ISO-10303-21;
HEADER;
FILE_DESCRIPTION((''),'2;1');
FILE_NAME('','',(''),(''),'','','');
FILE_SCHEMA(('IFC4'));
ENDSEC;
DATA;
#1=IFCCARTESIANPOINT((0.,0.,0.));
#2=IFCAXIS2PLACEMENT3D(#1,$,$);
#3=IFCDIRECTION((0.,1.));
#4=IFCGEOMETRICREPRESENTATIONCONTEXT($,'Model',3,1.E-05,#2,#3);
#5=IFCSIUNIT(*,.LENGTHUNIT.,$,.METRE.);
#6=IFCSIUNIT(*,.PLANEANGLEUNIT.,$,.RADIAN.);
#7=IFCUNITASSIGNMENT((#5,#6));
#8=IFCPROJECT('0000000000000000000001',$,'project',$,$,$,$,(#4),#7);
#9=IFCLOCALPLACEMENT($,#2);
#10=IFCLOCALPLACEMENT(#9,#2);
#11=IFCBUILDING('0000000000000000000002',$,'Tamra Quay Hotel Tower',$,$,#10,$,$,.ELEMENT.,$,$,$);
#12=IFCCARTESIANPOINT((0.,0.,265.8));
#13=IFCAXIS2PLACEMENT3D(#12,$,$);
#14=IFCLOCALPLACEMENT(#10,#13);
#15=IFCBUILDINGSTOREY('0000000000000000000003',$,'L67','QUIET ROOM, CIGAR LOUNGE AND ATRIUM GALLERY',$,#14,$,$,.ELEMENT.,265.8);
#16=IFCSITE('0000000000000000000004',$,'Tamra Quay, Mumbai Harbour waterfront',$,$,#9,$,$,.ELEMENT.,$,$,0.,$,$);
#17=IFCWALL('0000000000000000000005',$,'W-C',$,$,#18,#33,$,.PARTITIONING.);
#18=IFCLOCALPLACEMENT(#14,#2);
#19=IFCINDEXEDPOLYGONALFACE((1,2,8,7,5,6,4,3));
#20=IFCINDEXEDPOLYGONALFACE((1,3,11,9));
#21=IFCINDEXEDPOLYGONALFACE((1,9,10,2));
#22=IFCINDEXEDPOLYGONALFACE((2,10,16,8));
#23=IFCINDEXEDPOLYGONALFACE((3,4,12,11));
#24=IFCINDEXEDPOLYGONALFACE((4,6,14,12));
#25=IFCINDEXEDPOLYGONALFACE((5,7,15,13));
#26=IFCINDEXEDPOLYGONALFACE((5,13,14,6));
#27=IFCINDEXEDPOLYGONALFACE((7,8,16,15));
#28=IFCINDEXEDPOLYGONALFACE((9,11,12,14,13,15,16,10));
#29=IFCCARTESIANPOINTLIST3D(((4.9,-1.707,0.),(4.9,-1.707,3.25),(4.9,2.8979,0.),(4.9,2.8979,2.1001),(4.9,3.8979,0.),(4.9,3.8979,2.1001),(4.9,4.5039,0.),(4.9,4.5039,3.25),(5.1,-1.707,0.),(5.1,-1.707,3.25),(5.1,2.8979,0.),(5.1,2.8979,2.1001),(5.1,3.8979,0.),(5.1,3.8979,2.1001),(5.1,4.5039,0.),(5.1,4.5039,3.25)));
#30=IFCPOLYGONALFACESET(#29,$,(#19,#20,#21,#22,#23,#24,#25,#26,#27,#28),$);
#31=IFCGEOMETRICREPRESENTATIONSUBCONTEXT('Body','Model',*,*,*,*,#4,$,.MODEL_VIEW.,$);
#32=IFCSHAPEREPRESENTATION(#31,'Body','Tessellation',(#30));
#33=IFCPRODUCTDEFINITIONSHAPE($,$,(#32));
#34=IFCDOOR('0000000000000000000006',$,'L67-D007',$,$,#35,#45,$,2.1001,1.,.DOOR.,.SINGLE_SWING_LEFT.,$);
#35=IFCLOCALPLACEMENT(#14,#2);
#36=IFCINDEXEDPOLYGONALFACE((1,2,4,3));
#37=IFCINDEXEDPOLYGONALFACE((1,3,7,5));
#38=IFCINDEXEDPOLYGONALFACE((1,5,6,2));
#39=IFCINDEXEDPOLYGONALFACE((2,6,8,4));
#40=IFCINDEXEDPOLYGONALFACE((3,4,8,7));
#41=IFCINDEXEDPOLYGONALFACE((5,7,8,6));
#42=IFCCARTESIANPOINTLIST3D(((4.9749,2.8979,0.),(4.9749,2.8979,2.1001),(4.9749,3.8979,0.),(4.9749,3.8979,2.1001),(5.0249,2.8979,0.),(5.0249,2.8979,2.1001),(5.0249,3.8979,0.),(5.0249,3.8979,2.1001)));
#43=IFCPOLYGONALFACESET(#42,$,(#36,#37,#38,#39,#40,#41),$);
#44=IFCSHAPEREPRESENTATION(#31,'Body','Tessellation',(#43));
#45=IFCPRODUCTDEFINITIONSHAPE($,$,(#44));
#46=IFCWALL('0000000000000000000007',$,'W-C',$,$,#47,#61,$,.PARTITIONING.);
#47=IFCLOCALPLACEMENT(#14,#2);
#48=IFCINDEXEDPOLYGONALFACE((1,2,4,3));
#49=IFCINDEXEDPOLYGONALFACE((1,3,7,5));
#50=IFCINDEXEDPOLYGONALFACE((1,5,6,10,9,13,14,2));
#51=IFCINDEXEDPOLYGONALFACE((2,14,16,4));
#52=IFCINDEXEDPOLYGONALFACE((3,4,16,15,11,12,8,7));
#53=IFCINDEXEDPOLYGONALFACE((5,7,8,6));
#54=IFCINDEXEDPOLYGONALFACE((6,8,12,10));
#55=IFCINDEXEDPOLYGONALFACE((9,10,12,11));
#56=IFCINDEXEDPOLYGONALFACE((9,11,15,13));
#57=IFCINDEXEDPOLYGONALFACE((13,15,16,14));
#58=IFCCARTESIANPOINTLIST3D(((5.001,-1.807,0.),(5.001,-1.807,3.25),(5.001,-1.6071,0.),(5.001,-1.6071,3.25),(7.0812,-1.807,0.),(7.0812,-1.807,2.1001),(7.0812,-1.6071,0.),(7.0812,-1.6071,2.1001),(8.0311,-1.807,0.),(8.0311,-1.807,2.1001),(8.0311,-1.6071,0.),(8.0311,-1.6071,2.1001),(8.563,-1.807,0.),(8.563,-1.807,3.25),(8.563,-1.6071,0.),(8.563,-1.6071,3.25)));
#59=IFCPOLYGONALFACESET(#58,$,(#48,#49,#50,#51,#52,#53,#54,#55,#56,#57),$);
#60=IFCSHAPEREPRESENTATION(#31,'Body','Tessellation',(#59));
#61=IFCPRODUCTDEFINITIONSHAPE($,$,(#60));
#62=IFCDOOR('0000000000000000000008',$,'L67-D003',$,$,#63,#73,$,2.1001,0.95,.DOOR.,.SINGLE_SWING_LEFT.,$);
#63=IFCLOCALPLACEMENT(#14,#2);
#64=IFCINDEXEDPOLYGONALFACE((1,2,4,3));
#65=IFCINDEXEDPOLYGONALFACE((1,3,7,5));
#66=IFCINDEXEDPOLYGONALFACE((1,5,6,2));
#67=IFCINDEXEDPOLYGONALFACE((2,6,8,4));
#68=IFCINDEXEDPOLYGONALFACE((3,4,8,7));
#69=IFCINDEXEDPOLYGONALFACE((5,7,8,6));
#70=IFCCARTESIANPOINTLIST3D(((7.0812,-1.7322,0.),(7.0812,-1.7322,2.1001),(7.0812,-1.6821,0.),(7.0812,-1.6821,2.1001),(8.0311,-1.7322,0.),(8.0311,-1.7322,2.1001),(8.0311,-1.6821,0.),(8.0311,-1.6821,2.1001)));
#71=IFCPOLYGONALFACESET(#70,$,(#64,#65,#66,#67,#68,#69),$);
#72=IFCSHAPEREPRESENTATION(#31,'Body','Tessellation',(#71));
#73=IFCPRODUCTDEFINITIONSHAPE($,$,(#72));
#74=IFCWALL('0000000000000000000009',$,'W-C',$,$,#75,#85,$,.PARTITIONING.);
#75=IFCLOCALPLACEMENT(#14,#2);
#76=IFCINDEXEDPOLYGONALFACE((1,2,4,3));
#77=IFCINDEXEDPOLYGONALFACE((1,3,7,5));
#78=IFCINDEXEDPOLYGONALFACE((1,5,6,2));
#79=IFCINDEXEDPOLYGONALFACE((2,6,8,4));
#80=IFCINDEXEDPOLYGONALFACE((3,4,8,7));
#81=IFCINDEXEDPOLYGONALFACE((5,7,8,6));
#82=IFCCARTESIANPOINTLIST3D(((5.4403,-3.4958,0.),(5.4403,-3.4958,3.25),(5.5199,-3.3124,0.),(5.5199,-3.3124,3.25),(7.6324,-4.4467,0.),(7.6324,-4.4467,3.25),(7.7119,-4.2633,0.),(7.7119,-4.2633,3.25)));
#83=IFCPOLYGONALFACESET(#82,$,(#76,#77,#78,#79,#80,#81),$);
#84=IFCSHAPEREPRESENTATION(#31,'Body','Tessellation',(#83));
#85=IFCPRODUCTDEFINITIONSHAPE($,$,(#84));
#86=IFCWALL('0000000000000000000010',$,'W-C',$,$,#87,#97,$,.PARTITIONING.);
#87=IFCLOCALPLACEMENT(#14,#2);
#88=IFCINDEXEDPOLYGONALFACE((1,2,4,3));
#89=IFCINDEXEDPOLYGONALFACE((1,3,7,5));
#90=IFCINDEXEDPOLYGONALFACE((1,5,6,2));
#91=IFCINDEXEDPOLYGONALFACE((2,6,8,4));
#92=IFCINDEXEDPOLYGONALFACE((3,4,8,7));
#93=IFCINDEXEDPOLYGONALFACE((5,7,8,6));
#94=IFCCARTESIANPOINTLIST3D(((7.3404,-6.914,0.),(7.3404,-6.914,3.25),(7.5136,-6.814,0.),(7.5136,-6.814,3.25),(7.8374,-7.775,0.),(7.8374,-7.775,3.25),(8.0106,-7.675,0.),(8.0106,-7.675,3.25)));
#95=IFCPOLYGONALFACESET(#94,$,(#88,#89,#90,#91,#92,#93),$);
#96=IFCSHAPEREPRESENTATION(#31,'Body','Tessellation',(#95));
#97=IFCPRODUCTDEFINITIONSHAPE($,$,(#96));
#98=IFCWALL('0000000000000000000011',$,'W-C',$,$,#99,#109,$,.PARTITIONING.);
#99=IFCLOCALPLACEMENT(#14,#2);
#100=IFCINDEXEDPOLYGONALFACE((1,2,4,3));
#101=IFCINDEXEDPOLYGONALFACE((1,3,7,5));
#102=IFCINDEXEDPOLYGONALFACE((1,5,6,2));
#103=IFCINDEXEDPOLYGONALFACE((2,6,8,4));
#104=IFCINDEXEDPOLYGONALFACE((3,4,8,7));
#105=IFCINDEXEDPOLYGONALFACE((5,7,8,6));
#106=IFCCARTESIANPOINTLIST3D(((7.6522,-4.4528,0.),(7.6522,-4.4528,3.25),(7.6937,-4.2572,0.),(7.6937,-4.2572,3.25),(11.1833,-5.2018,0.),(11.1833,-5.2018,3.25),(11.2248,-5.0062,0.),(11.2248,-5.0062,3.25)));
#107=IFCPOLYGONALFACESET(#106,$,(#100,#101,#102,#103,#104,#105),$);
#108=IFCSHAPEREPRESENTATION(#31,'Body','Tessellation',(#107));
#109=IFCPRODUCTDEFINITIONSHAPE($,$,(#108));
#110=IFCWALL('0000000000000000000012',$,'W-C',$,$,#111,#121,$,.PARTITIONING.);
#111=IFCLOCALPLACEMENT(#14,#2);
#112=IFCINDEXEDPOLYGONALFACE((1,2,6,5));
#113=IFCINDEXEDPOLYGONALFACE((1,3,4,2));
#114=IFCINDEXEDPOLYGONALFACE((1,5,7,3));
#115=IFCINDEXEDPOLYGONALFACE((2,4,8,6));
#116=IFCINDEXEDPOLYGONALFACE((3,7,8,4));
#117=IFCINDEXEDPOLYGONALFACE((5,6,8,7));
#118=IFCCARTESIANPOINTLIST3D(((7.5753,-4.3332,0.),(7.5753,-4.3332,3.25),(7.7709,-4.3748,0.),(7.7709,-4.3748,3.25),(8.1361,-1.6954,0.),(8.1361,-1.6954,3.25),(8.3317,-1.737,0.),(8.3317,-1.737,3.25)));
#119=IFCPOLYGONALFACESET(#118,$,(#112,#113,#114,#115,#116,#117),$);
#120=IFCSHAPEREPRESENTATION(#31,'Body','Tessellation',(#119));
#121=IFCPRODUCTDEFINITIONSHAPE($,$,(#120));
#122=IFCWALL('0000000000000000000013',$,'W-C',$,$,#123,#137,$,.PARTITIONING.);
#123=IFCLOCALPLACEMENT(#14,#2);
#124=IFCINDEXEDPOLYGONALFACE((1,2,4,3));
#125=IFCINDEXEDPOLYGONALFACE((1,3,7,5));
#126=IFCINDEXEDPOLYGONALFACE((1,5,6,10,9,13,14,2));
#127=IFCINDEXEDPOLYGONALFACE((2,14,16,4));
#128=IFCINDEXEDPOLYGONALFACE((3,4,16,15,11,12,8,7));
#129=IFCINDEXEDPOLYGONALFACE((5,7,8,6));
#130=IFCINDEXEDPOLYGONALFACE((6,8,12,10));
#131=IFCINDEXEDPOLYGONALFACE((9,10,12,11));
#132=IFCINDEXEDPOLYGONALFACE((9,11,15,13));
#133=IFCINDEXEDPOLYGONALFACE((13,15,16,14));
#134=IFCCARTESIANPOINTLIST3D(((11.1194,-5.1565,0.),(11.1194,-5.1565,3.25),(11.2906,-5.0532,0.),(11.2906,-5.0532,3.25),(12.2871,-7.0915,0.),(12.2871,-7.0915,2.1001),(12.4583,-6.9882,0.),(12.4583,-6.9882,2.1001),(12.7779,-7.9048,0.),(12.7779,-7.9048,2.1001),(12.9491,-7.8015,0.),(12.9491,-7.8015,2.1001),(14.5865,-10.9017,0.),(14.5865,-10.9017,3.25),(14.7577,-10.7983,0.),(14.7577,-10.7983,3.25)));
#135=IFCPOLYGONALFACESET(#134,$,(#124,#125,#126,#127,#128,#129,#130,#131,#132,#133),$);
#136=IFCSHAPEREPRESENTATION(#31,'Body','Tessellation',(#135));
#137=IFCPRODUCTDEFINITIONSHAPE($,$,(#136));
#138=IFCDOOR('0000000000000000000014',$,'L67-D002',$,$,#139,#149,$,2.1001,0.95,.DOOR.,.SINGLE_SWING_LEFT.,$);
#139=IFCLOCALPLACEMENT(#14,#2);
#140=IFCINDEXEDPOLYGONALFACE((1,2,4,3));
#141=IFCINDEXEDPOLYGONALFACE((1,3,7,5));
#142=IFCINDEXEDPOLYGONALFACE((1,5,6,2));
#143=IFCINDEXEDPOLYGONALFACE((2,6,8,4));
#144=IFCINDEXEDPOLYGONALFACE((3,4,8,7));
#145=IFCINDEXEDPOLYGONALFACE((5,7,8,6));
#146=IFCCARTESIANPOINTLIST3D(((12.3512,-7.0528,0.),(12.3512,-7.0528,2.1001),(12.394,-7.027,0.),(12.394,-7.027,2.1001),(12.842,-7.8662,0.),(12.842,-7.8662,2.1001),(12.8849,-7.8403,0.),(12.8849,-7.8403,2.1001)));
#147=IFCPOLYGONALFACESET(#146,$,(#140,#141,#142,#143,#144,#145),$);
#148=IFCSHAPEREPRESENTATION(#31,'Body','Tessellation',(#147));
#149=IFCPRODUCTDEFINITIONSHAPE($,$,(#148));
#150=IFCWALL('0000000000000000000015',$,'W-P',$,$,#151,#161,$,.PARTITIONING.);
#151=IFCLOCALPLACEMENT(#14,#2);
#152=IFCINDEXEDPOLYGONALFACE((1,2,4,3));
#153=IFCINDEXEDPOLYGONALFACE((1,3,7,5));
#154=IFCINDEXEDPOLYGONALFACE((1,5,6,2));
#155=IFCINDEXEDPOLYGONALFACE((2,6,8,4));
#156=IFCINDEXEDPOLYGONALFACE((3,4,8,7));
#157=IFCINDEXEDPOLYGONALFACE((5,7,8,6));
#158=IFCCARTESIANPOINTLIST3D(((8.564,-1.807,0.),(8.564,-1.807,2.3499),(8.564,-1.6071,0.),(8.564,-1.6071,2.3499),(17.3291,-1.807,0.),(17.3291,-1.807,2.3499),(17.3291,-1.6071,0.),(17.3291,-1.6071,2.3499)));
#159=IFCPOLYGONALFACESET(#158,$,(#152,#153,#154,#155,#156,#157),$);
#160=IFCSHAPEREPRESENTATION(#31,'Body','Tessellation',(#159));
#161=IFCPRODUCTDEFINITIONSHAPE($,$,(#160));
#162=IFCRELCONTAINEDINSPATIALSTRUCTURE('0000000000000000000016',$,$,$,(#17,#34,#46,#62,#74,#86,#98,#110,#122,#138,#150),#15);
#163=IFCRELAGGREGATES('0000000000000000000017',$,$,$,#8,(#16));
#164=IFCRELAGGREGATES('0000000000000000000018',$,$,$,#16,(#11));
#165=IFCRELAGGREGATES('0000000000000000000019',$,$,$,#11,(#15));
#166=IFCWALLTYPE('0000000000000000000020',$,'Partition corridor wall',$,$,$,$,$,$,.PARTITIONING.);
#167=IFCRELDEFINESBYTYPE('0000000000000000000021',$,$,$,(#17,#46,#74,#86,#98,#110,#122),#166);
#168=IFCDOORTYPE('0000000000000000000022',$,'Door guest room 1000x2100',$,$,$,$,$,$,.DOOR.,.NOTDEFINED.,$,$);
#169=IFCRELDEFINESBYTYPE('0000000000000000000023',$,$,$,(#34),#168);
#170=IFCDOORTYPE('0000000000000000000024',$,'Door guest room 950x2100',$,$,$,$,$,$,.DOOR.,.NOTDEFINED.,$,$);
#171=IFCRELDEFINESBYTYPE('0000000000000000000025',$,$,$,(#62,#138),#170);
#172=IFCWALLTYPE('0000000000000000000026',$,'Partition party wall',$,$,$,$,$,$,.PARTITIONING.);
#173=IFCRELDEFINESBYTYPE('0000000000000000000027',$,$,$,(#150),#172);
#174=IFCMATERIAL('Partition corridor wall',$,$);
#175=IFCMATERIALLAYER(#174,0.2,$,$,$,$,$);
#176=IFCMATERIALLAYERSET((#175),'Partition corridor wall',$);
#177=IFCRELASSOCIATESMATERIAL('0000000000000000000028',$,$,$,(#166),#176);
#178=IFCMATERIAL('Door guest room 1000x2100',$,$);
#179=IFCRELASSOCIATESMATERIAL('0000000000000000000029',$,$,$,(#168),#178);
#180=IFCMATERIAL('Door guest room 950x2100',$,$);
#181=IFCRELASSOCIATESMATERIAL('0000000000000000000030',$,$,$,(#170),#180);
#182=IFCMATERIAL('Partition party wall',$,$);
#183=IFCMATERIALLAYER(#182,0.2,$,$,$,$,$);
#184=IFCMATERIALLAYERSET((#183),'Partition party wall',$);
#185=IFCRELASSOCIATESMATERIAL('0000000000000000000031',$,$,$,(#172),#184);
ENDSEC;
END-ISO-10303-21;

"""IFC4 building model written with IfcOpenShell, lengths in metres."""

from ifc_helpers import new_model, si_unit, direction, frame, frame_2d, origin, place, context, subcontext, project, spatial, rectangle, extrude, material, layer, layer_set, type_object, element, fill, save


model = new_model("IFC4")

# Units and contexts
model_context = context("Model", 3, precision=1e-05, world=origin(), true_north=direction((0.0, 1.0)))
body_context = subcontext(model_context, "Body", "Model", "MODEL_VIEW")
ifc_project = project(units=[si_unit("LENGTHUNIT", "METRE"), si_unit("PLANEANGLEUNIT", "RADIAN")], contexts=[model_context])

# Site, building, storey
site_placement = place(None, origin())
site = spatial("IfcSite", under=ifc_project, at=site_placement, Name="Tamra Quay, Mumbai Harbour waterfront", CompositionType="ELEMENT", RefElevation=0.0)
building_placement = place(site_placement, origin())
building = spatial("IfcBuilding", under=site, at=building_placement, Name="Tamra Quay Hotel Tower", CompositionType="ELEMENT")
storey_placement = place(building_placement, frame((0.0, 0.0, 265.8)))
storey = spatial("IfcBuildingStorey", under=building, at=storey_placement, Name="L67", Description="QUIET ROOM, CIGAR LOUNGE AND ATRIUM GALLERY", CompositionType="ELEMENT", Elevation=265.8)

# Walls, openings, doors
ifc_material_1 = material(Name="Partition corridor wall")
ifc_layer_1 = layer(ifc_material_1, 0.2)
ifc_layer_set_1 = layer_set([ifc_layer_1], Name="Partition corridor wall")
wall_type_1 = type_object("IfcWallType", Name="Partition corridor wall", PredefinedType="PARTITIONING", material=ifc_layer_set_1)
wall_1_placement = place(storey_placement, frame((5.0, -1.707, 0.0), z_axis=(0.0, 0.0, 1.0), x_axis=(0.0, 1.0, 0.0)))
wall_1 = element("IfcWall", 1, at=wall_1_placement, inside=storey, type_object=wall_type_1, Name="W-C", PredefinedType="PARTITIONING", context=body_context, shape_type="SweptSolid", body=[
    extrude(rectangle(XDim=6.2109, YDim=0.2, at=frame_2d((3.1055, 0.0))), origin(), (0.0, 0.0, 1.0), 3.25),
])
opening_1_placement = place(wall_1_placement, frame((4.605, 0.0, 0.0)))
opening_1 = element("IfcOpeningElement", 2, at=opening_1_placement, cuts=wall_1, PredefinedType="OPENING", context=body_context, shape_type="SweptSolid", body=[
    extrude(rectangle(XDim=1.0, YDim=2.1001, at=frame_2d((0.5, 1.05))), frame((0.0, 0.1099, 0.0), z_axis=(0.0, -1.0, 0.0), x_axis=(1.0, 0.0, 0.0)), (0.0, 0.0, 1.0), 0.22),
])
ifc_material_2 = material(Name="Door guest room 1000x2100")
door_type_1 = type_object("IfcDoorType", Name="Door guest room 1000x2100", OperationType="NOTDEFINED", PredefinedType="DOOR", material=ifc_material_2)
door_1_placement = place(opening_1_placement, frame((1.0, 0.0, 0.0), z_axis=(0.0, 0.0, 1.0), x_axis=(-1.0, 0.0, 0.0)))
door_1 = element("IfcDoor", 3, at=door_1_placement, inside=storey, type_object=door_type_1, Name="L67-D007", OperationType="SINGLE_SWING_LEFT", OverallHeight=2.1001, OverallWidth=1.0, PredefinedType="DOOR", context=body_context, shape_type="SweptSolid", body=[
    extrude(rectangle(XDim=1.0, YDim=2.1001, at=frame_2d((0.5, 1.05))), frame((0.0, 0.0249, 0.0), z_axis=(0.0, -1.0, 0.0), x_axis=(1.0, 0.0, 0.0)), (0.0, 0.0, 1.0), 0.05),
])
fill(opening_1, door_1)
wall_2_placement = place(storey_placement, frame((5.001, -1.707, 0.0), z_axis=(0.0, 0.0, 1.0), x_axis=(1.0, 0.0, 0.0)))
wall_2 = element("IfcWall", 4, at=wall_2_placement, inside=storey, type_object=wall_type_1, Name="W-C", PredefinedType="PARTITIONING", context=body_context, shape_type="SweptSolid", body=[
    extrude(rectangle(XDim=3.562, YDim=0.2, at=frame_2d((1.781, 0.0))), origin(), (0.0, 0.0, 1.0), 3.25),
])
opening_2_placement = place(wall_2_placement, frame((2.0801, 0.0, 0.0)))
opening_2 = element("IfcOpeningElement", 5, at=opening_2_placement, cuts=wall_2, PredefinedType="OPENING", context=body_context, shape_type="SweptSolid", body=[
    extrude(rectangle(XDim=0.95, YDim=2.1001, at=frame_2d((0.4751, 1.05))), frame((0.0, 0.1099, 0.0), z_axis=(0.0, -1.0, 0.0), x_axis=(1.0, 0.0, 0.0)), (0.0, 0.0, 1.0), 0.22),
])
ifc_material_3 = material(Name="Door guest room 950x2100")
door_type_2 = type_object("IfcDoorType", Name="Door guest room 950x2100", OperationType="NOTDEFINED", PredefinedType="DOOR", material=ifc_material_3)
door_2_placement = place(opening_2_placement, origin())
door_2 = element("IfcDoor", 6, at=door_2_placement, inside=storey, type_object=door_type_2, Name="L67-D003", OperationType="SINGLE_SWING_LEFT", OverallHeight=2.1001, OverallWidth=0.95, PredefinedType="DOOR", context=body_context, shape_type="SweptSolid", body=[
    extrude(rectangle(XDim=0.95, YDim=2.1001, at=frame_2d((0.4751, 1.05))), frame((0.0, 0.0249, 0.0), z_axis=(0.0, -1.0, 0.0), x_axis=(1.0, 0.0, 0.0)), (0.0, 0.0, 1.0), 0.05),
])
fill(opening_2, door_2)

# Walls
wall_3_placement = place(storey_placement, frame((5.48, -3.4041, 0.0), z_axis=(0.0, 0.0, 1.0), x_axis=(0.917403, -0.39796, 0.0)))
element("IfcWall", 7, at=wall_3_placement, inside=storey, type_object=wall_type_1, Name="W-C", PredefinedType="PARTITIONING", context=body_context, shape_type="SweptSolid", body=[
    extrude(rectangle(XDim=2.3894, YDim=0.2, at=frame_2d((1.1948, 0.0))), origin(), (0.0, 0.0, 1.0), 3.25),
])
wall_4_placement = place(storey_placement, frame((7.427, -6.864, 0.0), z_axis=(0.0, 0.0, 1.0), x_axis=(0.499942, -0.866059, 0.0)))
element("IfcWall", 8, at=wall_4_placement, inside=storey, type_object=wall_type_1, Name="W-C", PredefinedType="PARTITIONING", context=body_context, shape_type="SweptSolid", body=[
    extrude(rectangle(XDim=0.9941, YDim=0.2, at=frame_2d((0.4971, 0.0))), origin(), (0.0, 0.0, 1.0), 3.25),
])
wall_5_placement = place(storey_placement, frame((7.6731, -4.355, 0.0), z_axis=(0.0, 0.0, 1.0), x_axis=(0.978233, -0.20751, 0.0)))
element("IfcWall", 9, at=wall_5_placement, inside=storey, type_object=wall_type_1, Name="W-C", PredefinedType="PARTITIONING", context=body_context, shape_type="SweptSolid", body=[
    extrude(rectangle(XDim=3.6096, YDim=0.2, at=frame_2d((1.8047, 0.0))), origin(), (0.0, 0.0, 1.0), 3.25),
])
wall_6_placement = place(storey_placement, frame((7.6731, -4.354, 0.0), z_axis=(0.0, 0.0, 1.0), x_axis=(0.20794, 0.978142, 0.0)))
element("IfcWall", 10, at=wall_6_placement, inside=storey, type_object=wall_type_1, Name="W-C", PredefinedType="PARTITIONING", context=body_context, shape_type="SweptSolid", body=[
    extrude(rectangle(XDim=2.6968, YDim=0.2, at=frame_2d((1.3484, 0.0))), origin(), (0.0, 0.0, 1.0), 3.25),
])

# Wall, opening, door
wall_7_placement = place(storey_placement, frame((11.2051, -5.105, 0.0), z_axis=(0.0, 0.0, 1.0), x_axis=(0.516682, -0.856177, 0.0)))
wall_7 = element("IfcWall", 11, at=wall_7_placement, inside=storey, type_object=wall_type_1, Name="W-C", PredefinedType="PARTITIONING", context=body_context, shape_type="SweptSolid", body=[
    extrude(rectangle(XDim=6.7102, YDim=0.2, at=frame_2d((3.355, 0.0))), origin(), (0.0, 0.0, 1.0), 3.25),
])
opening_3_placement = place(wall_7_placement, frame((2.2598, 0.0, 0.0)))
opening_3 = element("IfcOpeningElement", 12, at=opening_3_placement, cuts=wall_7, PredefinedType="OPENING", context=body_context, shape_type="SweptSolid", body=[
    extrude(rectangle(XDim=0.95, YDim=2.1001, at=frame_2d((0.4751, 1.05))), frame((0.0, 0.1099, 0.0), z_axis=(0.0, -1.0, 0.0), x_axis=(1.0, 0.0, 0.0)), (0.0, 0.0, 1.0), 0.22),
])
door_3_placement = place(opening_3_placement, origin())
door_3 = element("IfcDoor", 13, at=door_3_placement, inside=storey, type_object=door_type_2, Name="L67-D002", OperationType="SINGLE_SWING_LEFT", OverallHeight=2.1001, OverallWidth=0.95, PredefinedType="DOOR", context=body_context, shape_type="SweptSolid", body=[
    extrude(rectangle(XDim=0.95, YDim=2.1001, at=frame_2d((0.4751, 1.05))), frame((0.0, 0.0249, 0.0), z_axis=(0.0, -1.0, 0.0), x_axis=(1.0, 0.0, 0.0)), (0.0, 0.0, 1.0), 0.05),
])
fill(opening_3, door_3)

# Wall
ifc_material_4 = material(Name="Partition party wall")
ifc_layer_2 = layer(ifc_material_4, 0.2)
ifc_layer_set_2 = layer_set([ifc_layer_2], Name="Partition party wall")
wall_type_2 = type_object("IfcWallType", Name="Partition party wall", PredefinedType="PARTITIONING", material=ifc_layer_set_2)
wall_8_placement = place(storey_placement, frame((8.564, -1.707, 0.0), z_axis=(0.0, 0.0, 1.0), x_axis=(1.0, 0.0, 0.0)))
element("IfcWall", 14, at=wall_8_placement, inside=storey, type_object=wall_type_2, Name="W-P", PredefinedType="PARTITIONING", context=body_context, shape_type="SweptSolid", body=[
    extrude(rectangle(XDim=8.7651, YDim=0.2, at=frame_2d((4.3826, 0.0))), origin(), (0.0, 0.0, 1.0), 2.3499),
])

save(model, "model.ifc")
